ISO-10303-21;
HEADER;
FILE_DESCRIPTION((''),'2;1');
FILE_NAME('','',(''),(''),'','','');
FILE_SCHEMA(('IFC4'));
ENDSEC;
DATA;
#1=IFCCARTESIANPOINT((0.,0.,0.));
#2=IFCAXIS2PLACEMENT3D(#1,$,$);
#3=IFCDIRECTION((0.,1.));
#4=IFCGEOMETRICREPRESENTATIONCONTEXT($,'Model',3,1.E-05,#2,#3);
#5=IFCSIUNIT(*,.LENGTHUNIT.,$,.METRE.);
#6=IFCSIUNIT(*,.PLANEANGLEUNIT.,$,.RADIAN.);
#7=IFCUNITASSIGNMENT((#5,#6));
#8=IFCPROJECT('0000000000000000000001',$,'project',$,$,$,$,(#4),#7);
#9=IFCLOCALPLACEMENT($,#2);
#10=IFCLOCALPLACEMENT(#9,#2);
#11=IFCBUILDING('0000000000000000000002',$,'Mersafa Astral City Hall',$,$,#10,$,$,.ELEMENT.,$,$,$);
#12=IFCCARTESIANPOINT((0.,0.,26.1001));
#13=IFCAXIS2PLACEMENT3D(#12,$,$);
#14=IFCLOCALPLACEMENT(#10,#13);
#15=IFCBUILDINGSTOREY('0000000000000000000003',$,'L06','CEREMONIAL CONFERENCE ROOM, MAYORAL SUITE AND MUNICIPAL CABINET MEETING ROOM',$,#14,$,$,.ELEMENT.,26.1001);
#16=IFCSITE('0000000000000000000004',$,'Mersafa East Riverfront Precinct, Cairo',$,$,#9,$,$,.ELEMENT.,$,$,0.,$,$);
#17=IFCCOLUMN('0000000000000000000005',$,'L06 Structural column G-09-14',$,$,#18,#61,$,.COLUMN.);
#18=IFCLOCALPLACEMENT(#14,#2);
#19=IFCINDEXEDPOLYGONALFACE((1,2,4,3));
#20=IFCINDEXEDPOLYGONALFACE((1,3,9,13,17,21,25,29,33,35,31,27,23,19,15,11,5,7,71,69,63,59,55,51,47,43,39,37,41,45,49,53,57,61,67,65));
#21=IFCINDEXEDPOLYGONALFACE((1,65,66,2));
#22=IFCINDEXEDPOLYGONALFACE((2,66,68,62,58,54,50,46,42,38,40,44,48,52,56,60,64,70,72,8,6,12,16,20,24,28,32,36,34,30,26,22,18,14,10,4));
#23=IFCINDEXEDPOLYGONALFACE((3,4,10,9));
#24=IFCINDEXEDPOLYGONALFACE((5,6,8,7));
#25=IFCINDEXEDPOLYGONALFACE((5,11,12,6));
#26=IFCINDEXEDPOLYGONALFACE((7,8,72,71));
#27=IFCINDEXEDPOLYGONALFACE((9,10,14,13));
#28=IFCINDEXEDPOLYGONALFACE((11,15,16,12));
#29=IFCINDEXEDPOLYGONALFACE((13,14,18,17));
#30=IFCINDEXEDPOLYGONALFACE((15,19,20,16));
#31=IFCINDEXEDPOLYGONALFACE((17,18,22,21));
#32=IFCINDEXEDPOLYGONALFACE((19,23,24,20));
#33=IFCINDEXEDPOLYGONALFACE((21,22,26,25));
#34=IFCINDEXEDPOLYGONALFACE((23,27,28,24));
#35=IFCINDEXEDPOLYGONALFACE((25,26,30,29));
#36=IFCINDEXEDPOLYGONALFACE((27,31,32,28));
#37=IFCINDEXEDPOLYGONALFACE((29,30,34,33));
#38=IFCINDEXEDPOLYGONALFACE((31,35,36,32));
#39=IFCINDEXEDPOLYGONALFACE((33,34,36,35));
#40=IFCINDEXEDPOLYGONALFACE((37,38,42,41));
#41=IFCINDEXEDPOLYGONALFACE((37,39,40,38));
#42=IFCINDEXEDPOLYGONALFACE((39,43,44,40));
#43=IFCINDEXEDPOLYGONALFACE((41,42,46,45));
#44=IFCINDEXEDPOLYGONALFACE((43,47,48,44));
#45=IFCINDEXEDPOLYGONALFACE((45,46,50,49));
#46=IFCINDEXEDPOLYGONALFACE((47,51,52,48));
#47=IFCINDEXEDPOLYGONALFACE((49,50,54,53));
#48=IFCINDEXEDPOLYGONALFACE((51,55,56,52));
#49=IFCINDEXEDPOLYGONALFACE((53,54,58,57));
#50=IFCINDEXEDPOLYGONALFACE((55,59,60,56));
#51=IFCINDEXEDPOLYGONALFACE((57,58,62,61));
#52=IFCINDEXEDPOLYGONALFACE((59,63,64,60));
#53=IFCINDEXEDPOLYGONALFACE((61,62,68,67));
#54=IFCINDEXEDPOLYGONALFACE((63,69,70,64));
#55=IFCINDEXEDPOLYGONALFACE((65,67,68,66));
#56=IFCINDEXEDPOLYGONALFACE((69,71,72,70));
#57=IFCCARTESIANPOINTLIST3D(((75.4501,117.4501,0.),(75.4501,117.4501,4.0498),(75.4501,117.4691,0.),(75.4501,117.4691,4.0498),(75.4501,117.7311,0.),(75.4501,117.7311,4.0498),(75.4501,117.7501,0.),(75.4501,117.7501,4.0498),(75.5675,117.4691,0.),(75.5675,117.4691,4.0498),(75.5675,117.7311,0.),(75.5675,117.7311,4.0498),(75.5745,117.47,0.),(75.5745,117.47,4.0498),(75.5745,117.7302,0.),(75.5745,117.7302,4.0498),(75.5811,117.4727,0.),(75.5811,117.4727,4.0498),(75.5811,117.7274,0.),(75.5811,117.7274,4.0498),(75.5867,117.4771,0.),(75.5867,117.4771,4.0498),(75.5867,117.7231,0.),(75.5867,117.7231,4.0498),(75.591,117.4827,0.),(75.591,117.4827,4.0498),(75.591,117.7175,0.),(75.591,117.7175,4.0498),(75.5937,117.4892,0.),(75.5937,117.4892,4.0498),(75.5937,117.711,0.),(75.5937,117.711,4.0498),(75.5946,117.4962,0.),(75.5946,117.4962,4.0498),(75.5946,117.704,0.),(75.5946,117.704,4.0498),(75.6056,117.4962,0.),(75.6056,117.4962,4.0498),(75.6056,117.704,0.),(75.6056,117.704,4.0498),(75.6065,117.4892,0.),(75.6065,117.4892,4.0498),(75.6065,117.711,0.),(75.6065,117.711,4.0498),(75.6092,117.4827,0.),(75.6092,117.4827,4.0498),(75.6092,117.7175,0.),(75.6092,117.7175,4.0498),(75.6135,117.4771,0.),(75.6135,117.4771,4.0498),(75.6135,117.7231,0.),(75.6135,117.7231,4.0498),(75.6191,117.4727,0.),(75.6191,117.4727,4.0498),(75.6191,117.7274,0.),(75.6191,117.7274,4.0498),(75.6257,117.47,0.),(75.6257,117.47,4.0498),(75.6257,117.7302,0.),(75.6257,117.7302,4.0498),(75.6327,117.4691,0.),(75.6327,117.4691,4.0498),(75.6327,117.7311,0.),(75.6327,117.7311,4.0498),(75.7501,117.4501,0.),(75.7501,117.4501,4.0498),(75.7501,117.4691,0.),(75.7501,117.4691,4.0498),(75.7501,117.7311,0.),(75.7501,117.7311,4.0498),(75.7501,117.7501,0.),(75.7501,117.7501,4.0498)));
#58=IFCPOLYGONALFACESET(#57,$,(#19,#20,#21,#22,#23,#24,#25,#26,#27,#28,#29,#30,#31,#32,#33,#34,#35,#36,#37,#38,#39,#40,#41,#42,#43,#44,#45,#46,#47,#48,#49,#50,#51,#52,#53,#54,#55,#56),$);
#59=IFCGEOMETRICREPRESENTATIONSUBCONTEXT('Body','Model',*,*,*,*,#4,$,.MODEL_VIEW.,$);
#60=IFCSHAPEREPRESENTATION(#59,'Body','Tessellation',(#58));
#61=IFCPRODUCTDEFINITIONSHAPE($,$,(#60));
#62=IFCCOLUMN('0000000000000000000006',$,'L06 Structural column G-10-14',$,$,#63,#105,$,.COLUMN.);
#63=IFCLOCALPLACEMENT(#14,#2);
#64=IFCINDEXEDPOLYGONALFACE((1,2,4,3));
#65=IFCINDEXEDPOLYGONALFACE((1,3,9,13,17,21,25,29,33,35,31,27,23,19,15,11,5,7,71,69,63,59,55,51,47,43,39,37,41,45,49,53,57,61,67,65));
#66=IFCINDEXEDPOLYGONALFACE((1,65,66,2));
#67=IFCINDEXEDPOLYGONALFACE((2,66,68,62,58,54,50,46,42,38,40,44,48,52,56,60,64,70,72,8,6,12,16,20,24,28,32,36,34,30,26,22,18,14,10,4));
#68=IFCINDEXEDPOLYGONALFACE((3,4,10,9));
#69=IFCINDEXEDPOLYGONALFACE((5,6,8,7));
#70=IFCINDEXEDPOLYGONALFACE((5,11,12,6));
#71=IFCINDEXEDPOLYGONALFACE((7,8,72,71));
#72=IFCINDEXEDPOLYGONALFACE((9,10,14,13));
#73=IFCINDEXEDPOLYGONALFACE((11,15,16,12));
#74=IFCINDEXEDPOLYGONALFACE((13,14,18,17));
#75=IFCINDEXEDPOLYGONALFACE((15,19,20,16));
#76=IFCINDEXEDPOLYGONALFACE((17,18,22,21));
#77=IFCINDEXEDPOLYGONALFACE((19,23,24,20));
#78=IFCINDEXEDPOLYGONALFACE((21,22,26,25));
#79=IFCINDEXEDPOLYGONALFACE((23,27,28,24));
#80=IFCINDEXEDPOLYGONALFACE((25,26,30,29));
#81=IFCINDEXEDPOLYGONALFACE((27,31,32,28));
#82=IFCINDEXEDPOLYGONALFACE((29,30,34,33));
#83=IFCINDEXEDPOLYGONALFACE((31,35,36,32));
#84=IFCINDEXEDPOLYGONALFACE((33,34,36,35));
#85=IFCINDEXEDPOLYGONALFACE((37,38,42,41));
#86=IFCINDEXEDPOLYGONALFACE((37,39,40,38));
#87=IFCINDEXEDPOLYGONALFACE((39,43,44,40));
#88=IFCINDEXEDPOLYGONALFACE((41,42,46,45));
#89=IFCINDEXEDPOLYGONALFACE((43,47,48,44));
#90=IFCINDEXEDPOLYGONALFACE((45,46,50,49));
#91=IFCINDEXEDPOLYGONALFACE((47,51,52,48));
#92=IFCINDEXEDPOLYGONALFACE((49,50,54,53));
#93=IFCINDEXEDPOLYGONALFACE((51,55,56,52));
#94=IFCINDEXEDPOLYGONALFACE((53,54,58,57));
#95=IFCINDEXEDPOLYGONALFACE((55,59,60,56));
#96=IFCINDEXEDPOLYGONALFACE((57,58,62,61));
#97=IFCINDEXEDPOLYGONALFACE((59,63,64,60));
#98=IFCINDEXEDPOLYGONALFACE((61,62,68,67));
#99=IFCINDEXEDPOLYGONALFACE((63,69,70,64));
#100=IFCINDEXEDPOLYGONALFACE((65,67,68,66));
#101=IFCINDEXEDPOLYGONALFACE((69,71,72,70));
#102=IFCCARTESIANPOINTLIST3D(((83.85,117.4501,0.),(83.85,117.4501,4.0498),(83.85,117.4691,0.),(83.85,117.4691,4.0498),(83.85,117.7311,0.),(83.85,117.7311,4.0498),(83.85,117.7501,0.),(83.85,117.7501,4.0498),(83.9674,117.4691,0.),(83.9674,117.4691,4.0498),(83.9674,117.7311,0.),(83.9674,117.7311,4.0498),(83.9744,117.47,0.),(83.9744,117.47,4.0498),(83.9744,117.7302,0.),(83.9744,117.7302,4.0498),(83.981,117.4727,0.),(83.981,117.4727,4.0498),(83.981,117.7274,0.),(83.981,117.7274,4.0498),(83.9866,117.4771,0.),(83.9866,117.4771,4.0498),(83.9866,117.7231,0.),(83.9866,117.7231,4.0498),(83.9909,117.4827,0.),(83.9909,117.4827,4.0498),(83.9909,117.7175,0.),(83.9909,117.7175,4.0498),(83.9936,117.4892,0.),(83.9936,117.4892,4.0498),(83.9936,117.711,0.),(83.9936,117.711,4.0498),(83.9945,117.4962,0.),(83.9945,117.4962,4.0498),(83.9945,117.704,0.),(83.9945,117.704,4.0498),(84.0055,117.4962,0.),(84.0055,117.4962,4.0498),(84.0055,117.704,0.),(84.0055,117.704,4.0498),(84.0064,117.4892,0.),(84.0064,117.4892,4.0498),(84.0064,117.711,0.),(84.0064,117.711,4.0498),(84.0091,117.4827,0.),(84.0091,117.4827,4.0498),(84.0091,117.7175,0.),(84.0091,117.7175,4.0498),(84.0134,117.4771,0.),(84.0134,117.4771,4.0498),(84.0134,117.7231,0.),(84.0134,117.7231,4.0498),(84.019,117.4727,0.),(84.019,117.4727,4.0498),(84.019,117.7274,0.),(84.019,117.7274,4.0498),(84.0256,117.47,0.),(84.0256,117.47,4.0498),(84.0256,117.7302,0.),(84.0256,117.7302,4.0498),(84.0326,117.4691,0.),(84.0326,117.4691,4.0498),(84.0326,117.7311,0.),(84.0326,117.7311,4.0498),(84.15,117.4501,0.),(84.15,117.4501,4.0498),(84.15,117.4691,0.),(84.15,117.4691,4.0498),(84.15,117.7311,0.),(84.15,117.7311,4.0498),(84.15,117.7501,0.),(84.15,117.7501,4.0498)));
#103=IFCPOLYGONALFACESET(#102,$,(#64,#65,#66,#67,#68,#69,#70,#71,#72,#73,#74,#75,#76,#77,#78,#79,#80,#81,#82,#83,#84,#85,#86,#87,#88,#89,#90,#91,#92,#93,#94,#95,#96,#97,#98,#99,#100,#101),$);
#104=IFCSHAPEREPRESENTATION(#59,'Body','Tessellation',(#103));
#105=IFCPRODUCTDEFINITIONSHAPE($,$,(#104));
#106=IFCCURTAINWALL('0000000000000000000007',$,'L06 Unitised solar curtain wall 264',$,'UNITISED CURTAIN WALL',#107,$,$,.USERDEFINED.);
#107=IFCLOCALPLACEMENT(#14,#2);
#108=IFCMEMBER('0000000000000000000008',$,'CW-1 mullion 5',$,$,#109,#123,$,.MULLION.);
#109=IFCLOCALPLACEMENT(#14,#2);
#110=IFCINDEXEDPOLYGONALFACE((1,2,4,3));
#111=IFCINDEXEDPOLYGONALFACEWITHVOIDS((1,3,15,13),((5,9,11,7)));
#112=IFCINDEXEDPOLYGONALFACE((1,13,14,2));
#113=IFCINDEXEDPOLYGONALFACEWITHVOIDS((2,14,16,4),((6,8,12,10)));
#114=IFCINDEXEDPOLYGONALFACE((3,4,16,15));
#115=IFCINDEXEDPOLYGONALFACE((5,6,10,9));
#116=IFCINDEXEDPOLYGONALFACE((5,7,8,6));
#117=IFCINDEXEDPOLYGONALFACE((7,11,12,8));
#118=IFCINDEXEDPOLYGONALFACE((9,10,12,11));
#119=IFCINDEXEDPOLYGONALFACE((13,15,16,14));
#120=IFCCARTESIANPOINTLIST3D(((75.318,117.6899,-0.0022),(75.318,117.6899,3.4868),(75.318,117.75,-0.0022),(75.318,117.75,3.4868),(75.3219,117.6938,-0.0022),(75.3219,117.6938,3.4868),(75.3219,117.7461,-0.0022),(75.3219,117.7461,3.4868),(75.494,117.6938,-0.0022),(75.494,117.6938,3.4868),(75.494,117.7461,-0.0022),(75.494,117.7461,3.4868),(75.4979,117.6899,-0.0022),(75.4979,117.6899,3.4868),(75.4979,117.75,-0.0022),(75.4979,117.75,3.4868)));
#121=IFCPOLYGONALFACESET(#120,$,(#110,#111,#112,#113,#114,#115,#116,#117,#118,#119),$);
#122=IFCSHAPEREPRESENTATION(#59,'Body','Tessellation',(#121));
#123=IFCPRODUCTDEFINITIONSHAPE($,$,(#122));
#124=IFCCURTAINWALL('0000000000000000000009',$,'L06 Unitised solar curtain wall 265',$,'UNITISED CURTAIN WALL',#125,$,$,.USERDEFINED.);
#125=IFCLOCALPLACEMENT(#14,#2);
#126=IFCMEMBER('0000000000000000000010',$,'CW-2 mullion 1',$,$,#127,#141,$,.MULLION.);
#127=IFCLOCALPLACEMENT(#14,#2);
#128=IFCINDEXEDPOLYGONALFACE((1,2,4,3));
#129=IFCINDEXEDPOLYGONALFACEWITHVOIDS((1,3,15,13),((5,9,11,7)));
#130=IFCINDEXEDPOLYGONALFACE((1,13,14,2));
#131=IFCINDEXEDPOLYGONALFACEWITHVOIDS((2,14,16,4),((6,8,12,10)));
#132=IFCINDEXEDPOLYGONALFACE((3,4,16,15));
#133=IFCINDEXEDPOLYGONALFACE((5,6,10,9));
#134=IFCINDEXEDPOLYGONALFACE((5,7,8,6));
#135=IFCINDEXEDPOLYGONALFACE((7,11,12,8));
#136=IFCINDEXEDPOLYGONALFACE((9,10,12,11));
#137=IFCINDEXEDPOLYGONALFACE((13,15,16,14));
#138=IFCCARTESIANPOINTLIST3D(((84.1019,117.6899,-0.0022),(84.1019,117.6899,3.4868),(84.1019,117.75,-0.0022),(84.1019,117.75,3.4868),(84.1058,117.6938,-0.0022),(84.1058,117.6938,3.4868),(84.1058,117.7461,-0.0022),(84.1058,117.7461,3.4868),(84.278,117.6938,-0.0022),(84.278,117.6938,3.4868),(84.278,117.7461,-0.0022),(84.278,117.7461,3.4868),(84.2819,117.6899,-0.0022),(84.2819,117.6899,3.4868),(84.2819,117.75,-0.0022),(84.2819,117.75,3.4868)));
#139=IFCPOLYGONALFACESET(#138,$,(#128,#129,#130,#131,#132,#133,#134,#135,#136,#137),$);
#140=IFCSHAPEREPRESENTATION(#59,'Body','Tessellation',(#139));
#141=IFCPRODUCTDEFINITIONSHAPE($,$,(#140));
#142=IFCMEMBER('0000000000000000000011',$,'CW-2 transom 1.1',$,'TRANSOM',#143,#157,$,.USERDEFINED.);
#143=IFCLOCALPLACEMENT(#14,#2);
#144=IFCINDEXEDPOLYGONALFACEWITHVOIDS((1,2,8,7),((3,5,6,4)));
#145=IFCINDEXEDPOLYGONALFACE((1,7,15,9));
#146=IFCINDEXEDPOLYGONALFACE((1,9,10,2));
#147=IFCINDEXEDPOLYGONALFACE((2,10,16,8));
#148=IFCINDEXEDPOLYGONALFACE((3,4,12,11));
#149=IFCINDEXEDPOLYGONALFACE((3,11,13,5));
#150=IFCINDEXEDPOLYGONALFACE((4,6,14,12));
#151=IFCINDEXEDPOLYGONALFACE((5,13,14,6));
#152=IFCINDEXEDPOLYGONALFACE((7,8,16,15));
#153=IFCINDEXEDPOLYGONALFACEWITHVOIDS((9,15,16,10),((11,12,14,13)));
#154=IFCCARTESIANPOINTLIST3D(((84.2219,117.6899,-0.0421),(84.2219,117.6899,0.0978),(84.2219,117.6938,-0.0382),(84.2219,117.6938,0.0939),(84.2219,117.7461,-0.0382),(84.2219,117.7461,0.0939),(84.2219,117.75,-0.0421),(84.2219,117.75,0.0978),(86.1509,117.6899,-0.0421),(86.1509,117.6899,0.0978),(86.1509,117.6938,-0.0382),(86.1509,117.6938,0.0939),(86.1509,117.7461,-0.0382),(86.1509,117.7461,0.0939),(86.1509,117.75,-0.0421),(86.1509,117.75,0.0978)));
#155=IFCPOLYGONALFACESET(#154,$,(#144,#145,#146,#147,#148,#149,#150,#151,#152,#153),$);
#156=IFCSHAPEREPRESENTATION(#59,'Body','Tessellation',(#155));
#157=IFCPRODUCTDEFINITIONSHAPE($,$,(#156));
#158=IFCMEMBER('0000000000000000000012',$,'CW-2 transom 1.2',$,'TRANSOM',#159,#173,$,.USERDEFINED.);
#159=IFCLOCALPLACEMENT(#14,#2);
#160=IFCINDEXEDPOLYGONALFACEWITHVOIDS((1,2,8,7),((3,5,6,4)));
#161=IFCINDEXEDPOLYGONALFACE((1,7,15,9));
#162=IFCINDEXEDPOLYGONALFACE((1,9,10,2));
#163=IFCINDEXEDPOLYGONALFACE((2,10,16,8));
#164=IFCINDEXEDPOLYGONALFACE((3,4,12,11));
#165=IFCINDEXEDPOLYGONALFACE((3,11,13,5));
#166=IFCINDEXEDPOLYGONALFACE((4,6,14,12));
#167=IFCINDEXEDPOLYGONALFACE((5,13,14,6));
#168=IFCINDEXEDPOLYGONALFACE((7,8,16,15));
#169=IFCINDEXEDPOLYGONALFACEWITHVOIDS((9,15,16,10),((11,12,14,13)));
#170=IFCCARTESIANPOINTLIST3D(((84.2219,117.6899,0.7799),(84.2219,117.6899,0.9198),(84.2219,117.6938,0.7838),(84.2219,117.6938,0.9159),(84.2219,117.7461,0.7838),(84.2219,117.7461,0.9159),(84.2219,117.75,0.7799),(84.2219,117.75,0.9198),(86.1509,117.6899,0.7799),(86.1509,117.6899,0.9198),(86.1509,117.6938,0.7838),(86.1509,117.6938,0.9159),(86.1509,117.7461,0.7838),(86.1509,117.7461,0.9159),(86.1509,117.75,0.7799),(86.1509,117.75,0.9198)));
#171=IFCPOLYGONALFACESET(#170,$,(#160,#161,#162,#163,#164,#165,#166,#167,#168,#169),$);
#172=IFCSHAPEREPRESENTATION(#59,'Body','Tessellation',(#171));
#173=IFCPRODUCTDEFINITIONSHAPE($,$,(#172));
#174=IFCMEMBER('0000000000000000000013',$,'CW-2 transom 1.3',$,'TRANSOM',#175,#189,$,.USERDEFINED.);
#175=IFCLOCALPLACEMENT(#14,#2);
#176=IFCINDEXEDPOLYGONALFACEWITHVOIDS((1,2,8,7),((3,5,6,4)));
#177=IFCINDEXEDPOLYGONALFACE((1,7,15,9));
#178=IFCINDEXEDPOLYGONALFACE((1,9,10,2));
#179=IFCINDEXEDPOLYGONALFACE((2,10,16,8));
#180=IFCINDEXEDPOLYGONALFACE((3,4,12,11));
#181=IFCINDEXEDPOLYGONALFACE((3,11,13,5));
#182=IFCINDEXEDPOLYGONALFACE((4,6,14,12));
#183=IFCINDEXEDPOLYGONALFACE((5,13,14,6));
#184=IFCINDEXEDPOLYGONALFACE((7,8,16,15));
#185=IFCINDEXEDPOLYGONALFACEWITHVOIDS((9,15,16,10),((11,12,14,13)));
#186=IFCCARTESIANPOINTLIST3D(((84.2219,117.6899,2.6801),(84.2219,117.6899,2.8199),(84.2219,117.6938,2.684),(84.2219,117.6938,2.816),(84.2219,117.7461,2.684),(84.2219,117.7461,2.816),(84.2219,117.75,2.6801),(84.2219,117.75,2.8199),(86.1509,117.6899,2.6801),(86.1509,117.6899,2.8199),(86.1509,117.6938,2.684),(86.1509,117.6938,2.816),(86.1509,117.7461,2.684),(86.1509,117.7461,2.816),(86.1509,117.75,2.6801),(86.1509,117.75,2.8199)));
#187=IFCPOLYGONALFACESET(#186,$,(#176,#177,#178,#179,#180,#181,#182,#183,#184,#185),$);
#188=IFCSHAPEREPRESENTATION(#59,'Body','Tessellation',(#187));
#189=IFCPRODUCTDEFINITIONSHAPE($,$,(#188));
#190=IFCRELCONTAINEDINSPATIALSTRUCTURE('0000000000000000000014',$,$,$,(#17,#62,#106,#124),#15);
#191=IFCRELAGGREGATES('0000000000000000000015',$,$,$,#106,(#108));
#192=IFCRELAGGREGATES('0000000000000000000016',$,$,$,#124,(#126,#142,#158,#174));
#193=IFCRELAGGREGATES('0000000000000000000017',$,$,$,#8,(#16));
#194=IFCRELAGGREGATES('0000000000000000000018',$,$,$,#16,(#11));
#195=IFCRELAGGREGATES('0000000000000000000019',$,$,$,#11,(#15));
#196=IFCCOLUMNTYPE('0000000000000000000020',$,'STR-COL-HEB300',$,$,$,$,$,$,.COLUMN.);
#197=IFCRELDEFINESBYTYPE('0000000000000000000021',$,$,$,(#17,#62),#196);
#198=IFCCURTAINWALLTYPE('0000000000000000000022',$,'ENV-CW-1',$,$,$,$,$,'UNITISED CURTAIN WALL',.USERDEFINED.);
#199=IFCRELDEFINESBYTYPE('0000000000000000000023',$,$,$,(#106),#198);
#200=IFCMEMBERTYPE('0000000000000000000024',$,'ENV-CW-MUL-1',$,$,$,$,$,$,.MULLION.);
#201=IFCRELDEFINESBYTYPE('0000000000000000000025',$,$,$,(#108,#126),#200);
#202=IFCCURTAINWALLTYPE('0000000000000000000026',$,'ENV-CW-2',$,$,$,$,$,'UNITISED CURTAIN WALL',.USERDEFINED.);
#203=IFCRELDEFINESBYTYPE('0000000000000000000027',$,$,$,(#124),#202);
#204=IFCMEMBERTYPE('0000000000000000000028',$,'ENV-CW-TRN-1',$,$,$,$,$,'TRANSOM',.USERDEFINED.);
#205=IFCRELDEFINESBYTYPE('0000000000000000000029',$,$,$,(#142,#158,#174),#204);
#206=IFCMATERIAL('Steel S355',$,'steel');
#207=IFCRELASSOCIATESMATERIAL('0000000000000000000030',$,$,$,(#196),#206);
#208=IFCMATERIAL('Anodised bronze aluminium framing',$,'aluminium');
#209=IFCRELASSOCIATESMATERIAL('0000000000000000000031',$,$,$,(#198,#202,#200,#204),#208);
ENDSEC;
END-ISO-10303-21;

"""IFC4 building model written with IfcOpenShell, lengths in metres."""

from ifc_helpers import new_model, si_unit, direction, frame, origin, origin_2d, place, context, subcontext, project, spatial, hollow_rectangle, i_section, extrude, material, material_profile, profile_set, type_object, element, aggregate, save


model = new_model("IFC4")

# Units and contexts
model_context = context("Model", 3, precision=1e-05, world=origin(), true_north=direction((0.0, 1.0)))
body_context = subcontext(model_context, "Body", "Model", "MODEL_VIEW")
ifc_project = project(units=[si_unit("LENGTHUNIT", "METRE"), si_unit("PLANEANGLEUNIT", "RADIAN")], contexts=[model_context])

# Site, building, storey
site_placement = place(None, origin())
site = spatial("IfcSite", under=ifc_project, at=site_placement, Name="Mersafa East Riverfront Precinct, Cairo", CompositionType="ELEMENT", RefElevation=0.0)
building_placement = place(site_placement, origin())
building = spatial("IfcBuilding", under=site, at=building_placement, Name="Mersafa Astral City Hall", CompositionType="ELEMENT")
storey_placement = place(building_placement, frame((0.0, 0.0, 26.1001)))
storey = spatial("IfcBuildingStorey", under=building, at=storey_placement, Name="L06", Description="CEREMONIAL CONFERENCE ROOM, MAYORAL SUITE AND MUNICIPAL CABINET MEETING ROOM", CompositionType="ELEMENT", Elevation=26.1001)

# Columns
ifc_material_1 = material(Name="Steel S355", Category="steel")
ifc_material_profile_1 = material_profile(ifc_material_1, i_section(OverallWidth=0.3, OverallDepth=0.3, WebThickness=0.011, FlangeThickness=0.019, FilletRadius=0.0271, at=origin_2d()), Name="HEB 300")
ifc_profile_set_1 = profile_set([ifc_material_profile_1], Name="Steel S355")
column_type = type_object("IfcColumnType", Name="STR-COL-HEB300", PredefinedType="COLUMN", material=ifc_profile_set_1)
for number, where, z_axis, x_axis, name in (
    (1, (75.6001, 117.6001, 0.0), (0.0, 0.0, 1.0), (1.0, 0.0, 0.0), "L06 Structural column G-09-14"),
    (2, (84.0, 117.6001, 0.0), (0.0, 0.0, 1.0), (1.0, 0.0, 0.0), "L06 Structural column G-10-14"),
):
    element("IfcColumn", number, at=place(storey_placement, frame(where, z_axis=z_axis, x_axis=x_axis)), inside=storey, type_object=column_type, Name=name, PredefinedType="COLUMN", context=body_context, shape_type="SweptSolid", body=[
        extrude(i_section(OverallWidth=0.3, OverallDepth=0.3, WebThickness=0.011, FlangeThickness=0.019, FilletRadius=0.0271, at=origin_2d()), origin(), (0.0, 0.0, 1.0), 4.0498),
    ])

# Curtain wall, member
ifc_material_2 = material(Name="Anodised bronze aluminium framing", Category="aluminium")
curtain_wall_type_1 = type_object("IfcCurtainWallType", Name="ENV-CW-1", ElementType="UNITISED CURTAIN WALL", PredefinedType="USERDEFINED", material=ifc_material_2)
curtain_wall_1_placement = place(storey_placement, origin())
curtain_wall_1 = element("IfcCurtainWall", 3, at=curtain_wall_1_placement, inside=storey, type_object=curtain_wall_type_1, Name="L06 Unitised solar curtain wall 264", ObjectType="UNITISED CURTAIN WALL", PredefinedType="USERDEFINED")
ifc_material_profile_2 = material_profile(ifc_material_2, hollow_rectangle(XDim=0.0601, YDim=0.1799, WallThickness=0.0039, at=origin_2d()), Name="RHS 60x180x4")
ifc_profile_set_2 = profile_set([ifc_material_profile_2], Name="Anodised bronze aluminium framing")
member_type_1 = type_object("IfcMemberType", Name="ENV-CW-MUL-1", PredefinedType="MULLION", material=ifc_profile_set_2)
member_1_placement = place(storey_placement, frame((75.408, 117.72, -0.0022), z_axis=(0.0, 0.0, 1.0), x_axis=(0.0, 1.0, 0.0)))
member_1 = element("IfcMember", 4, at=member_1_placement, type_object=member_type_1, Name="CW-1 mullion 5", PredefinedType="MULLION", context=body_context, shape_type="SweptSolid", body=[
    extrude(hollow_rectangle(XDim=0.0601, YDim=0.1799, WallThickness=0.0039, at=origin_2d()), origin(), (0.0, 0.0, 1.0), 3.489),
])

# Curtain wall, members
curtain_wall_type_2 = type_object("IfcCurtainWallType", Name="ENV-CW-2", ElementType="UNITISED CURTAIN WALL", PredefinedType="USERDEFINED", material=ifc_material_2)
curtain_wall_2_placement = place(storey_placement, origin())
curtain_wall_2 = element("IfcCurtainWall", 5, at=curtain_wall_2_placement, inside=storey, type_object=curtain_wall_type_2, Name="L06 Unitised solar curtain wall 265", ObjectType="UNITISED CURTAIN WALL", PredefinedType="USERDEFINED")
member_2_placement = place(storey_placement, frame((84.1919, 117.72, -0.0022), z_axis=(0.0, 0.0, 1.0), x_axis=(0.0, 1.0, 0.0)))
member_2 = element("IfcMember", 6, at=member_2_placement, type_object=member_type_1, Name="CW-2 mullion 1", PredefinedType="MULLION", context=body_context, shape_type="SweptSolid", body=[
    extrude(hollow_rectangle(XDim=0.0601, YDim=0.1799, WallThickness=0.0039, at=origin_2d()), origin(), (0.0, 0.0, 1.0), 3.489),
])
ifc_material_profile_3 = material_profile(ifc_material_2, hollow_rectangle(XDim=0.0601, YDim=0.1399, WallThickness=0.0039, at=origin_2d()), Name="RHS 60x140x4")
ifc_profile_set_3 = profile_set([ifc_material_profile_3], Name="Anodised bronze aluminium framing")
member_type_2 = type_object("IfcMemberType", Name="ENV-CW-TRN-1", ElementType="TRANSOM", PredefinedType="USERDEFINED", material=ifc_profile_set_3)
member_3_placement = place(storey_placement, frame((84.2219, 117.72, 0.0278), z_axis=(1.0, 0.0, 0.0), x_axis=(0.0, 1.0, 0.0)))
member_3 = element("IfcMember", 7, at=member_3_placement, type_object=member_type_2, Name="CW-2 transom 1.1", ObjectType="TRANSOM", PredefinedType="USERDEFINED", context=body_context, shape_type="SweptSolid", body=[
    extrude(hollow_rectangle(XDim=0.0601, YDim=0.1399, WallThickness=0.0039, at=origin_2d()), origin(), (0.0, 0.0, 1.0), 1.929),
])
member_4_placement = place(storey_placement, frame((84.2219, 117.72, 0.8499), z_axis=(1.0, 0.0, 0.0), x_axis=(0.0, 1.0, 0.0)))
member_4 = element("IfcMember", 8, at=member_4_placement, type_object=member_type_2, Name="CW-2 transom 1.2", ObjectType="TRANSOM", PredefinedType="USERDEFINED", context=body_context, shape_type="SweptSolid", body=[
    extrude(hollow_rectangle(XDim=0.0601, YDim=0.1399, WallThickness=0.0039, at=origin_2d()), origin(), (0.0, 0.0, 1.0), 1.929),
])
member_5_placement = place(storey_placement, frame((84.2219, 117.72, 2.75), z_axis=(1.0, 0.0, 0.0), x_axis=(0.0, 1.0, 0.0)))
member_5 = element("IfcMember", 9, at=member_5_placement, type_object=member_type_2, Name="CW-2 transom 1.3", ObjectType="TRANSOM", PredefinedType="USERDEFINED", context=body_context, shape_type="SweptSolid", body=[
    extrude(hollow_rectangle(XDim=0.0601, YDim=0.1399, WallThickness=0.0039, at=origin_2d()), origin(), (0.0, 0.0, 1.0), 1.929),
])

aggregate(curtain_wall_1, [member_1])
aggregate(curtain_wall_2, [member_2, member_3, member_4, member_5])

save(model, "model.ifc")
